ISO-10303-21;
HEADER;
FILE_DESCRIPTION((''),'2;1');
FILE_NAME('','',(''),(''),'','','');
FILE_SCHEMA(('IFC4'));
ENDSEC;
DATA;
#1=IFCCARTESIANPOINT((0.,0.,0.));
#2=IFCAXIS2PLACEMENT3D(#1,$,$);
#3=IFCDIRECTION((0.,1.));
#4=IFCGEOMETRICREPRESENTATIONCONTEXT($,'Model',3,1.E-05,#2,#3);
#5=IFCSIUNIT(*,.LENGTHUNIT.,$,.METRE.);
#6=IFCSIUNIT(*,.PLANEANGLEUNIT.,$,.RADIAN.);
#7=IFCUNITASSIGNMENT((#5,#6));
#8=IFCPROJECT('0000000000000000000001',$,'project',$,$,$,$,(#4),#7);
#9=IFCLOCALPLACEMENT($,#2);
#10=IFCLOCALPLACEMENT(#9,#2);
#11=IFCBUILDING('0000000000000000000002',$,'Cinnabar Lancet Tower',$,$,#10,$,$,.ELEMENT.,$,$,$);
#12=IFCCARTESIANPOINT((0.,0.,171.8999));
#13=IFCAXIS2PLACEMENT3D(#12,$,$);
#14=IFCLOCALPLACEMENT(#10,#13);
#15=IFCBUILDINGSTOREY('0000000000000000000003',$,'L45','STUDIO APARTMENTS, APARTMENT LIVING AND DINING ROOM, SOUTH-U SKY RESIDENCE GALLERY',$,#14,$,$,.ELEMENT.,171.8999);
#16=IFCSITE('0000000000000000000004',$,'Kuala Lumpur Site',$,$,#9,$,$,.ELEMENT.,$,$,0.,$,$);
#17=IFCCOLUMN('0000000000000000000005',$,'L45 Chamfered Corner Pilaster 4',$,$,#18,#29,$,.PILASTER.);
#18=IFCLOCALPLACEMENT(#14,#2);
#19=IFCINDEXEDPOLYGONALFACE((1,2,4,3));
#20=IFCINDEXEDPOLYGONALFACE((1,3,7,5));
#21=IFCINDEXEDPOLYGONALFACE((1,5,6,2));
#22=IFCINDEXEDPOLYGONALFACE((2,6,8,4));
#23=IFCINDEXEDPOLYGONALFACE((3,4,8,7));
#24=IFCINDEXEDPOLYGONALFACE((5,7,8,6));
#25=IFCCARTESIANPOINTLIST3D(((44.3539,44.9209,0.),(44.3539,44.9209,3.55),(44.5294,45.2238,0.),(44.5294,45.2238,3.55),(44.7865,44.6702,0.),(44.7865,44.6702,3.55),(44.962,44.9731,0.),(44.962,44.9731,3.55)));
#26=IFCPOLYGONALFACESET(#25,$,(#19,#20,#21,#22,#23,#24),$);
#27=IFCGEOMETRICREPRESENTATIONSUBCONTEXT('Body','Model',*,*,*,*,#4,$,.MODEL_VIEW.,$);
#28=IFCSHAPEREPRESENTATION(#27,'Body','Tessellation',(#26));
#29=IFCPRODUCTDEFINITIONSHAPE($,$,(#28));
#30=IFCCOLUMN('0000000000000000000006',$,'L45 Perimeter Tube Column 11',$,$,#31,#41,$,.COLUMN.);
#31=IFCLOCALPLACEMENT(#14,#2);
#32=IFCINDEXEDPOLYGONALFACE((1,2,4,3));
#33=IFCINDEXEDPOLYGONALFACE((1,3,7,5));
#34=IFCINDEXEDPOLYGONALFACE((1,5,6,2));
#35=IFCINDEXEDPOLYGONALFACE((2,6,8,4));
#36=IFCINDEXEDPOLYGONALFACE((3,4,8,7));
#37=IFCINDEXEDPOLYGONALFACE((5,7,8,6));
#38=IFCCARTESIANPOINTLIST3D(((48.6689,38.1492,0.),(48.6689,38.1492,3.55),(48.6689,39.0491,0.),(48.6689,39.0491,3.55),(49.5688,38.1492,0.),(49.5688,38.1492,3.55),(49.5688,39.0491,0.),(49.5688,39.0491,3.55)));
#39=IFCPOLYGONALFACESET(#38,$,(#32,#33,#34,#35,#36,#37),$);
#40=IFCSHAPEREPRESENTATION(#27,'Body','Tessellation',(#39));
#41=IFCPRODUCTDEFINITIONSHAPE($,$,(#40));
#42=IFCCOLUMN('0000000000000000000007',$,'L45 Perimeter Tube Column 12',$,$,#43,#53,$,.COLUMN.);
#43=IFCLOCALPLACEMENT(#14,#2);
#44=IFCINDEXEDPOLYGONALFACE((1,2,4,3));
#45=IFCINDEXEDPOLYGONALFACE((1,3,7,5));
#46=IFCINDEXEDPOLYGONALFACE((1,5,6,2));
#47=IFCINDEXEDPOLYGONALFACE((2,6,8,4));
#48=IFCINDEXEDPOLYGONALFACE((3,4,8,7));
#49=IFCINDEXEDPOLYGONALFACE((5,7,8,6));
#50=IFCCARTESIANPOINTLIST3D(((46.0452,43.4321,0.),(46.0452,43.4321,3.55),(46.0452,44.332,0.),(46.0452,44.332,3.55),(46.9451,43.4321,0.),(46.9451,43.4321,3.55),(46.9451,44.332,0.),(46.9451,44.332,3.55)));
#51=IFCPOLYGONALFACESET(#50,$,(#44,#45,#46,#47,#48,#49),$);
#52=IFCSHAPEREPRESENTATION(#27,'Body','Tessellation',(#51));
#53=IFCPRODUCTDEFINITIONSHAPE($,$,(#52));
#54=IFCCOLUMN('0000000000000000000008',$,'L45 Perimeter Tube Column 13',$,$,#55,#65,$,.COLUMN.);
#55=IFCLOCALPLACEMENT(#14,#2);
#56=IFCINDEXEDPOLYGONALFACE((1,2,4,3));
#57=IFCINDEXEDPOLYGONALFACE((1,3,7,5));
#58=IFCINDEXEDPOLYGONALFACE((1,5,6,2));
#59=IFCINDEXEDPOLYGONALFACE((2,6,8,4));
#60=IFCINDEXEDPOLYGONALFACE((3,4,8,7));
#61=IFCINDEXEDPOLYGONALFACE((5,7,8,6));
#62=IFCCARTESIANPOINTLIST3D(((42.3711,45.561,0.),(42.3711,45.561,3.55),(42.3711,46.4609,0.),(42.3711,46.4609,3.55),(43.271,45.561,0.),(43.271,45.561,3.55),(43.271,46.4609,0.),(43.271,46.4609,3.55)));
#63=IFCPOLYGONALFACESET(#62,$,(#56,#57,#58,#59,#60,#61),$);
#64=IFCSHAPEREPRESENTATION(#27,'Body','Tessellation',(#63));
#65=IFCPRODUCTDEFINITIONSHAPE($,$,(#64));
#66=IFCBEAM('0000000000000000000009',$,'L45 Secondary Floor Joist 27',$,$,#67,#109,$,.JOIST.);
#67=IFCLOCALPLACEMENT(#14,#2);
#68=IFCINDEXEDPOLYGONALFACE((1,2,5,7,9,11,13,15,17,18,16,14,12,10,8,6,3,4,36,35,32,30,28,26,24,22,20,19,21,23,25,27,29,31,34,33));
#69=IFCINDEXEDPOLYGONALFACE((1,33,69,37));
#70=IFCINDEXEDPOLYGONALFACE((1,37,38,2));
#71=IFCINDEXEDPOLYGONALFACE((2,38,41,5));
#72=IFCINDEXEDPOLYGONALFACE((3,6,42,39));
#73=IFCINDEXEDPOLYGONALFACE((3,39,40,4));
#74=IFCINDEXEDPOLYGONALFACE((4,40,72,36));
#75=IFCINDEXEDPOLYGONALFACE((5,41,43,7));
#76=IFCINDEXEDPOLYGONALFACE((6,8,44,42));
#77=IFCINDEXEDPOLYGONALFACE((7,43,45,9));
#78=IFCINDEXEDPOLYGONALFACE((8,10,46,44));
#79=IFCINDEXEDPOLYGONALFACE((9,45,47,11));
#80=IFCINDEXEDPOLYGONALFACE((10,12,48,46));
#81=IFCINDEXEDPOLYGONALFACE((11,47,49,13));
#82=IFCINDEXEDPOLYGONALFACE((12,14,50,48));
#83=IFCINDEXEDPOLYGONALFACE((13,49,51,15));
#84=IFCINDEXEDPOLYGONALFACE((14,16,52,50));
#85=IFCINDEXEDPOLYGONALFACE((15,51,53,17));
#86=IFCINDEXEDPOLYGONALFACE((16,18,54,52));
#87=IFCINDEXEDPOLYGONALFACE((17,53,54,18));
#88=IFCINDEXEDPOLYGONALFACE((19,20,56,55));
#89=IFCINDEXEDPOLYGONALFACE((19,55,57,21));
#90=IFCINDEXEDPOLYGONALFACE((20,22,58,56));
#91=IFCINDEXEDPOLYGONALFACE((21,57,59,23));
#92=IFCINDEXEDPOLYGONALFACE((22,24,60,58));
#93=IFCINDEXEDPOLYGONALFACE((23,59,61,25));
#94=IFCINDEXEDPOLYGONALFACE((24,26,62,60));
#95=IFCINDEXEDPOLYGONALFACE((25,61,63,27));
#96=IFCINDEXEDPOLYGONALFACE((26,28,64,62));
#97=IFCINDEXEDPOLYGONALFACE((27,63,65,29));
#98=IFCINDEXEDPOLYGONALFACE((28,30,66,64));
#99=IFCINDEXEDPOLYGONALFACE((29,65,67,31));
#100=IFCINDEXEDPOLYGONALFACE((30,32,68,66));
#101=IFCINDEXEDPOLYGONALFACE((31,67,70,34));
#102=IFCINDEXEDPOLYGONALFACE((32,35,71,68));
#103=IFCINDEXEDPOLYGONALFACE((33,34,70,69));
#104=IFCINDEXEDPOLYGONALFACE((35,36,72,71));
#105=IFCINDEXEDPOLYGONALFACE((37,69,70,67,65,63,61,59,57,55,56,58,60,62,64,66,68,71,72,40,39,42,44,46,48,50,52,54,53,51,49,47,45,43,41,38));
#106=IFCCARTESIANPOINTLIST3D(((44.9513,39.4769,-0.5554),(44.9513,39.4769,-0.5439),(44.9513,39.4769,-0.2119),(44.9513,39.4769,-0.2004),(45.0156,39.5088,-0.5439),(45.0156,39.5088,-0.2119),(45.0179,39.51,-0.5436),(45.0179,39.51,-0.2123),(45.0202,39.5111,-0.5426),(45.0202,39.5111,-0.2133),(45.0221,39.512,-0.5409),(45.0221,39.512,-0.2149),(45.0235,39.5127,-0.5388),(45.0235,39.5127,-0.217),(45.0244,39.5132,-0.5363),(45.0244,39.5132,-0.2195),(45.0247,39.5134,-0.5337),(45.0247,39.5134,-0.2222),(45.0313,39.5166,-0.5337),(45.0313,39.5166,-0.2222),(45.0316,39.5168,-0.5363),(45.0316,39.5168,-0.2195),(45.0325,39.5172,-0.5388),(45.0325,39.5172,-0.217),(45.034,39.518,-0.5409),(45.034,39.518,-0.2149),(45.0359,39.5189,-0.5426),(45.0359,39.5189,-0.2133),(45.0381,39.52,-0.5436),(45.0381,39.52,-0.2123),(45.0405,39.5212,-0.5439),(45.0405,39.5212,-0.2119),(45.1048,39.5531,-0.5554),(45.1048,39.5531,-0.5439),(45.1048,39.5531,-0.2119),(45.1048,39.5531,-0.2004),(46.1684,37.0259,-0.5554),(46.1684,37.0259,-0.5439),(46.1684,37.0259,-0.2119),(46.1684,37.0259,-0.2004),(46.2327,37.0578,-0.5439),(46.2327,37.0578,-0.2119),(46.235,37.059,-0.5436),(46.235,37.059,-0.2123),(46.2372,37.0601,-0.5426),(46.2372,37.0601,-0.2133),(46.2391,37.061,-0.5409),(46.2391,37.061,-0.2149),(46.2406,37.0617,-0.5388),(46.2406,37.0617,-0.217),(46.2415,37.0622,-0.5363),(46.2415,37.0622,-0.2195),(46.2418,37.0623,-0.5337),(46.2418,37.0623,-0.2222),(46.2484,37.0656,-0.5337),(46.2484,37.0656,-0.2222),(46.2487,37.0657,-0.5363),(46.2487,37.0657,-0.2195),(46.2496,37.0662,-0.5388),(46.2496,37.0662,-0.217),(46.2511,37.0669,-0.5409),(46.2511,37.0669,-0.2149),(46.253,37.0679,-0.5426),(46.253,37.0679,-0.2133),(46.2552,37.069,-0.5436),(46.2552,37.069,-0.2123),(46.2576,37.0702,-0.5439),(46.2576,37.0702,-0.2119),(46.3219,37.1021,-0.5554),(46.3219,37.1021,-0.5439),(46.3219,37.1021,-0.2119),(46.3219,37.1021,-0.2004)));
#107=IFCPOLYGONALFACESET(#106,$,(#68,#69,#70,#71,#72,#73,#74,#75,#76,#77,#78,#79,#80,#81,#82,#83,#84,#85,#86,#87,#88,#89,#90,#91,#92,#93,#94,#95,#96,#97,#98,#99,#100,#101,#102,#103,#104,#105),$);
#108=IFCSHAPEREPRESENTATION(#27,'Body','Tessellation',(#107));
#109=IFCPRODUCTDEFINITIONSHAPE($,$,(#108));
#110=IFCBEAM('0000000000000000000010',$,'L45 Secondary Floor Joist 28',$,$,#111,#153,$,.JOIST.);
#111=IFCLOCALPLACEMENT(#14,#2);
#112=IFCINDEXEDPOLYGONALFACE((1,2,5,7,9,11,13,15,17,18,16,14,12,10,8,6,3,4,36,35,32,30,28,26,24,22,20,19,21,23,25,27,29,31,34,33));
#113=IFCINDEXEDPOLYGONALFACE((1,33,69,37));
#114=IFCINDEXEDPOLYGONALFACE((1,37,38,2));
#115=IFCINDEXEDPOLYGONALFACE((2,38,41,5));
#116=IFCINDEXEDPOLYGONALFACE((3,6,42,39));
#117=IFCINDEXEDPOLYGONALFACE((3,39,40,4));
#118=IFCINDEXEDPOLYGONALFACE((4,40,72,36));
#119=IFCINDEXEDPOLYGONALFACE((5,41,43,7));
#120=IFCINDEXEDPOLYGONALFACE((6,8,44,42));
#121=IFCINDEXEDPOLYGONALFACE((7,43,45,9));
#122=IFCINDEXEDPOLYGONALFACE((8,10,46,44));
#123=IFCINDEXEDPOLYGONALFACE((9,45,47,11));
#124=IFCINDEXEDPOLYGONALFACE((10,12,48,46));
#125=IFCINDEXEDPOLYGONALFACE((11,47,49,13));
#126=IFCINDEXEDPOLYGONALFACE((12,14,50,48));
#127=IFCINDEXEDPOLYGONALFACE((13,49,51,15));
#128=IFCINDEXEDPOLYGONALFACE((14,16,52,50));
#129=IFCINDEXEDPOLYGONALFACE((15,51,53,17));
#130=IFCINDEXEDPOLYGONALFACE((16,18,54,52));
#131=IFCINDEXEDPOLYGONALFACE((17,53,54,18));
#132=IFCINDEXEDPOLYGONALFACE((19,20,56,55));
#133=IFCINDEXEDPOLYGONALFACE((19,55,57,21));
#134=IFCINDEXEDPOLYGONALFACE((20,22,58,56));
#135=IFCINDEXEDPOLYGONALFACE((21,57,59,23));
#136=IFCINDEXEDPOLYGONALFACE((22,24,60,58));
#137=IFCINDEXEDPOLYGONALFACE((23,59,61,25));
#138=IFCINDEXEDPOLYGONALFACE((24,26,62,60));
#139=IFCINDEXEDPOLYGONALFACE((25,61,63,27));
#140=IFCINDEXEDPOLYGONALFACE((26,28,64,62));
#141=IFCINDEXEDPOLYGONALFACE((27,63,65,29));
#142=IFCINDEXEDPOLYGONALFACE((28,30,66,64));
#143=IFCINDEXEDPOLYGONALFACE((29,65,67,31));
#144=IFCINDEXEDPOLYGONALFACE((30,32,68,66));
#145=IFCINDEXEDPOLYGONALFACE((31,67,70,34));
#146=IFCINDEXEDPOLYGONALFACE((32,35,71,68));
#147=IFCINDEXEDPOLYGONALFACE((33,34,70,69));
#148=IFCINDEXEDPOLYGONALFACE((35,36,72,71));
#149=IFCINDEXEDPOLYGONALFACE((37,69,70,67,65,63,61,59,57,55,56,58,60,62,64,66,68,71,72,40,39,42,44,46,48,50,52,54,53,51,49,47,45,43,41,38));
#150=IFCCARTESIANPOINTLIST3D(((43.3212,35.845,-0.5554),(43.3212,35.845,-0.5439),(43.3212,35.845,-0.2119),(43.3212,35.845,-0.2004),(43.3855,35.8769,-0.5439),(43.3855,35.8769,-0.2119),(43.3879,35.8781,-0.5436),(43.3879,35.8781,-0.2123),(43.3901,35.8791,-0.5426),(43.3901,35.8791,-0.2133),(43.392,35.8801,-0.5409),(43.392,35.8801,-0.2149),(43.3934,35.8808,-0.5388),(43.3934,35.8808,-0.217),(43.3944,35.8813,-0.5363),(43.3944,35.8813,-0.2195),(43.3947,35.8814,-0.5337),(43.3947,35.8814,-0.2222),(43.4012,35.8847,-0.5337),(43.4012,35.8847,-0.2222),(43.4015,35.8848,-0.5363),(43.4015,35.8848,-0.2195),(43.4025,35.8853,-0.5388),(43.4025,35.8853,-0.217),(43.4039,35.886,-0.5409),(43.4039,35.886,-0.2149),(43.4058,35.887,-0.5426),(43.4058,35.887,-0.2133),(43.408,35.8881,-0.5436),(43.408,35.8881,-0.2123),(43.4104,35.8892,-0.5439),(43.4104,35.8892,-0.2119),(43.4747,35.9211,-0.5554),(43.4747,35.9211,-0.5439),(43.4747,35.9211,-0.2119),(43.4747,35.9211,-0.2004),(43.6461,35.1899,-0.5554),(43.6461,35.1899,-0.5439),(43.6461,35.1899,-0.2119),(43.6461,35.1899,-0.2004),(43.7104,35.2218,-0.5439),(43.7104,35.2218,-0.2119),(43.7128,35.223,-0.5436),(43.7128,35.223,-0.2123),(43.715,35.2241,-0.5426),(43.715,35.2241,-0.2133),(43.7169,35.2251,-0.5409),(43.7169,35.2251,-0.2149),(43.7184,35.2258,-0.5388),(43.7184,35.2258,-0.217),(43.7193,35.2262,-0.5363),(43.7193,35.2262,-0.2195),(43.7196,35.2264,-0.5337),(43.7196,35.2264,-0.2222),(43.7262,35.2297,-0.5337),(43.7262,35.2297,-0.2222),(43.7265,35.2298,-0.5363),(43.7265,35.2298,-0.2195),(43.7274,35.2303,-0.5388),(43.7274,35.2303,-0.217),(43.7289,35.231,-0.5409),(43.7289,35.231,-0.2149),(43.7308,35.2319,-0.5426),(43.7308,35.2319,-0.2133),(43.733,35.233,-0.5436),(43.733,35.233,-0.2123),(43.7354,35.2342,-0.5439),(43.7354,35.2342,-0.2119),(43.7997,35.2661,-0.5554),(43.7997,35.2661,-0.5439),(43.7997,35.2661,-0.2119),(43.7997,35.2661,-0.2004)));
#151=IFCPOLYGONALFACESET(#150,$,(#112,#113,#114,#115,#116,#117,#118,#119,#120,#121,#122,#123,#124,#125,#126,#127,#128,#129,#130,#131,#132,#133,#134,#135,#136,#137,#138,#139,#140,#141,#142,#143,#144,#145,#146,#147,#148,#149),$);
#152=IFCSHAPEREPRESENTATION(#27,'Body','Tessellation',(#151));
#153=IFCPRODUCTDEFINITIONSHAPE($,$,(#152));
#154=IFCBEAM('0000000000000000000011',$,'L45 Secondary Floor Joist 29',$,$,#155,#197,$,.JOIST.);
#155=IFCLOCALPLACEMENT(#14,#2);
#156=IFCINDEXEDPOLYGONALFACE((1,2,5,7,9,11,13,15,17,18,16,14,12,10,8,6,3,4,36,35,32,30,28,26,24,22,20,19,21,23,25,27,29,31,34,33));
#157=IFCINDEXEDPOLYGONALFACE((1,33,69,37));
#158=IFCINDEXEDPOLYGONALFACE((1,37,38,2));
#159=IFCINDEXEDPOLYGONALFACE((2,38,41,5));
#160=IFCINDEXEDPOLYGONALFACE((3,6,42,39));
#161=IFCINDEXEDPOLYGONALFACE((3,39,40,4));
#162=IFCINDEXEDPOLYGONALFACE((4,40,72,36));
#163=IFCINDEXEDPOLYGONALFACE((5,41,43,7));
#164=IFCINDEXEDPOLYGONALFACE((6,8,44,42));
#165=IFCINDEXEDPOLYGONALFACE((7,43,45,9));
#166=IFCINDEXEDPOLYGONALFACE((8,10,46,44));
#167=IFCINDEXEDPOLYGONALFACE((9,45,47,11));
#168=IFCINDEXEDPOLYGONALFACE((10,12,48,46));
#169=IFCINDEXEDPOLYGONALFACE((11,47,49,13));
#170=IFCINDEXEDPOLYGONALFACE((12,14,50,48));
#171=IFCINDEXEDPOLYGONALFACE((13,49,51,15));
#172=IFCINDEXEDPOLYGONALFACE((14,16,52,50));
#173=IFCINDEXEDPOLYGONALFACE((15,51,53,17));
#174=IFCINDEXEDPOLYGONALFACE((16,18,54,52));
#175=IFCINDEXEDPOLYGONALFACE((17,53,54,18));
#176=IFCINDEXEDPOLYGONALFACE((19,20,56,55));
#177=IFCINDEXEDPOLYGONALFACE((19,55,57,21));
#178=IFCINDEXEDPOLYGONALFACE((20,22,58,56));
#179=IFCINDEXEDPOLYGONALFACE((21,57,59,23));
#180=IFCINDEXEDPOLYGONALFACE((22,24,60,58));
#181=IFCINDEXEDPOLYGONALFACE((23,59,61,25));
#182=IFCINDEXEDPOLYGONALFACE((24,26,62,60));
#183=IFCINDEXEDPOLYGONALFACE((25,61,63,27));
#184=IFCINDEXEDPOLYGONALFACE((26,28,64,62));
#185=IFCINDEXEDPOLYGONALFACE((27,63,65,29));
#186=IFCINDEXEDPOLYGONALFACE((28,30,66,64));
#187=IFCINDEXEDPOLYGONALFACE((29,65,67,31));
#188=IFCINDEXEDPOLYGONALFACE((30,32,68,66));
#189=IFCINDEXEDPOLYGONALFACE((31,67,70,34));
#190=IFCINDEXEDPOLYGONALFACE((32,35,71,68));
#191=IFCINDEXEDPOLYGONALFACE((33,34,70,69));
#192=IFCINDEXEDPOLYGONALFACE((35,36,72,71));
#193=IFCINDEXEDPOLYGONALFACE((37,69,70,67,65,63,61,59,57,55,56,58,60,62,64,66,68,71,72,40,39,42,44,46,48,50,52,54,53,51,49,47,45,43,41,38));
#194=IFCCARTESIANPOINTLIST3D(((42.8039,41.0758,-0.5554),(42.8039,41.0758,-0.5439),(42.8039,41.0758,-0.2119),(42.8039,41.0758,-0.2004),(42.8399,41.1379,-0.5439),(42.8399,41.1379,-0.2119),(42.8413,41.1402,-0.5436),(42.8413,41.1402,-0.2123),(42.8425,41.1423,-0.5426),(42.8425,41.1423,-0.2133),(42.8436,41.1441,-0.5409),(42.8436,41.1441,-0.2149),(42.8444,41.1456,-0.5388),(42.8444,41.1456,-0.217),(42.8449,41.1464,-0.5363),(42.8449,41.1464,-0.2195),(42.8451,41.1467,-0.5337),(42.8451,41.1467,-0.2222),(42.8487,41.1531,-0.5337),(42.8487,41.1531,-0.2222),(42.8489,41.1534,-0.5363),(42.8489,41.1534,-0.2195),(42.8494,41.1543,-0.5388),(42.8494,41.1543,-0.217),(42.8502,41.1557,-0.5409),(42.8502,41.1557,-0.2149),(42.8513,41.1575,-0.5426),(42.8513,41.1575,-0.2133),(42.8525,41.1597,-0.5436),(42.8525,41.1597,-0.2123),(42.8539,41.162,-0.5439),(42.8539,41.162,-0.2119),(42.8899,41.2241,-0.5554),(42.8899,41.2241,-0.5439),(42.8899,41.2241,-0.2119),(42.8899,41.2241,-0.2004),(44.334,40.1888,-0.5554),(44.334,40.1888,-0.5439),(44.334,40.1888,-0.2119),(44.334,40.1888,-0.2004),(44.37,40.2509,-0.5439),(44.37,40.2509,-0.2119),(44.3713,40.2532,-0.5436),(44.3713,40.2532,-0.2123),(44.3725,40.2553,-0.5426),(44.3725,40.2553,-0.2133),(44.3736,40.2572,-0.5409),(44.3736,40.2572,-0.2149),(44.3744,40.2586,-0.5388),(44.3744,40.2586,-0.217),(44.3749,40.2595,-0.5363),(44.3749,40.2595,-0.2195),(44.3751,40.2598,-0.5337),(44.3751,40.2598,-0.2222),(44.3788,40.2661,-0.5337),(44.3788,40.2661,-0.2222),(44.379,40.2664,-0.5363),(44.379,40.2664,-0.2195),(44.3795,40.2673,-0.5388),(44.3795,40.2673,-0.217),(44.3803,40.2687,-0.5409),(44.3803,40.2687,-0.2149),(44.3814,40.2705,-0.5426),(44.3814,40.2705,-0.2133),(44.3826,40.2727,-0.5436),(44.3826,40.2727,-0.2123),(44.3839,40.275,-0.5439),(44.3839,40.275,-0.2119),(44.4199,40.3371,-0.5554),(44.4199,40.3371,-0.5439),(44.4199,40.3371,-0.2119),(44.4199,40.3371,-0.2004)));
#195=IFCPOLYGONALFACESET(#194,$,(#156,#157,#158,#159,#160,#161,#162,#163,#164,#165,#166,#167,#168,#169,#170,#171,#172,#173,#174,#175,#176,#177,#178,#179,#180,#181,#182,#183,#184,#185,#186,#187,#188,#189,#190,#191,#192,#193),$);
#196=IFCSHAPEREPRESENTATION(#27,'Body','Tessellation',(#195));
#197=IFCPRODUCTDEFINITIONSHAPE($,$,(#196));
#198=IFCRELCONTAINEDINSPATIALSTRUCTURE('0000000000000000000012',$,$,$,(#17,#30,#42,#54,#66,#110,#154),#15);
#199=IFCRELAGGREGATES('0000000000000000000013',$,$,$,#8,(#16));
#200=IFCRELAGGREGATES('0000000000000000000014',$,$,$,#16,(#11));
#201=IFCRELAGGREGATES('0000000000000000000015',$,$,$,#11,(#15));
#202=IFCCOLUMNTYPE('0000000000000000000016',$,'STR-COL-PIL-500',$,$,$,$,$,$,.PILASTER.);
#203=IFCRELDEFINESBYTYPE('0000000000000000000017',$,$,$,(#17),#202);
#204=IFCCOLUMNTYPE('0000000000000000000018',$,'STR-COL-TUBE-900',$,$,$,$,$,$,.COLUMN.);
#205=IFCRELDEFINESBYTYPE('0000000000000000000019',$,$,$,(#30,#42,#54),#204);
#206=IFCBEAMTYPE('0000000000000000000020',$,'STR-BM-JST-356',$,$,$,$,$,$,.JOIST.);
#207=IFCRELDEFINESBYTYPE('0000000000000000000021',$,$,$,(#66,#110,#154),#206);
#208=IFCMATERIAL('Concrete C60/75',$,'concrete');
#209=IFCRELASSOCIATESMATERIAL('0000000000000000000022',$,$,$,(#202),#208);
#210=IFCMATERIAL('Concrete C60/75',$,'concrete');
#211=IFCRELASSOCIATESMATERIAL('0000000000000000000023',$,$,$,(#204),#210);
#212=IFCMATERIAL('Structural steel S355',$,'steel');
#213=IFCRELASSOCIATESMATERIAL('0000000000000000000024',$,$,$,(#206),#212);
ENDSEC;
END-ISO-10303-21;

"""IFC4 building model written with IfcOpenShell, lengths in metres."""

from ifc_helpers import new_model, si_unit, direction, frame, origin, origin_2d, place, context, subcontext, project, spatial, rectangle, i_section, extrude, material, material_profile, profile_set, type_object, element, save


model = new_model("IFC4")

# Units and contexts
model_context = context("Model", 3, precision=1e-05, world=origin(), true_north=direction((0.0, 1.0)))
body_context = subcontext(model_context, "Body", "Model", "MODEL_VIEW")
ifc_project = project(units=[si_unit("LENGTHUNIT", "METRE"), si_unit("PLANEANGLEUNIT", "RADIAN")], contexts=[model_context])

# Site, building, storey
site_placement = place(None, origin())
site = spatial("IfcSite", under=ifc_project, at=site_placement, Name="Kuala Lumpur Site", CompositionType="ELEMENT", RefElevation=0.0)
building_placement = place(site_placement, origin())
building = spatial("IfcBuilding", under=site, at=building_placement, Name="Cinnabar Lancet Tower", CompositionType="ELEMENT")
storey_placement = place(building_placement, frame((0.0, 0.0, 171.8999)))
storey = spatial("IfcBuildingStorey", under=building, at=storey_placement, Name="L45", Description="STUDIO APARTMENTS, APARTMENT LIVING AND DINING ROOM, SOUTH-U SKY RESIDENCE GALLERY", CompositionType="ELEMENT", Elevation=171.8999)

# Columns
ifc_material_1 = material(Name="Concrete C60/75", Category="concrete")
ifc_material_profile_1 = material_profile(ifc_material_1, rectangle(XDim=0.5, YDim=0.3501, at=origin_2d()), Name="RC-PIL 500x350")
ifc_profile_set_1 = profile_set([ifc_material_profile_1], Name="Concrete C60/75")
column_type_1 = type_object("IfcColumnType", Name="STR-COL-PIL-500", PredefinedType="PILASTER", material=ifc_profile_set_1)
column_placement = place(storey_placement, frame((44.658, 44.947, 0.0), z_axis=(0.0, 0.0, 1.0), x_axis=(-0.86523, 0.501375, 0.0)))
element("IfcColumn", 1, at=column_placement, inside=storey, type_object=column_type_1, Name="L45 Chamfered Corner Pilaster 4", PredefinedType="PILASTER", context=body_context, shape_type="SweptSolid", body=[
    extrude(rectangle(XDim=0.5, YDim=0.3501, at=origin_2d()), origin(), (0.0, 0.0, 1.0), 3.55),
])
ifc_material_2 = material(Name="Concrete C60/75", Category="concrete")
ifc_material_profile_2 = material_profile(ifc_material_2, rectangle(XDim=0.8999, YDim=0.8999, at=origin_2d()), Name="RC-COL 900x900")
ifc_profile_set_2 = profile_set([ifc_material_profile_2], Name="Concrete C60/75")
column_type_2 = type_object("IfcColumnType", Name="STR-COL-TUBE-900", PredefinedType="COLUMN", material=ifc_profile_set_2)
for number, where, z_axis, x_axis, name in (
    (2, (49.1189, 38.5991, 0.0), (0.0, 0.0, 1.0), (1.0, 0.0, 0.0), "L45 Perimeter Tube Column 11"),
    (3, (46.4951, 43.8821, 0.0), (0.0, 0.0, 1.0), (1.0, 0.0, 0.0), "L45 Perimeter Tube Column 12"),
    (4, (42.821, 46.011, 0.0), (0.0, 0.0, 1.0), (1.0, 0.0, 0.0), "L45 Perimeter Tube Column 13"),
):
    element("IfcColumn", number, at=place(storey_placement, frame(where, z_axis=z_axis, x_axis=x_axis)), inside=storey, type_object=column_type_2, Name=name, PredefinedType="COLUMN", context=body_context, shape_type="SweptSolid", body=[
        extrude(rectangle(XDim=0.8999, YDim=0.8999, at=origin_2d()), origin(), (0.0, 0.0, 1.0), 3.55),
    ])

# Beams
ifc_material_3 = material(Name="Structural steel S355", Category="steel")
ifc_material_profile_3 = material_profile(ifc_material_3, i_section(OverallWidth=0.1714, OverallDepth=0.355, WebThickness=0.0073, FlangeThickness=0.0115, FilletRadius=0.0103, at=origin_2d()), Name="UKB 356x171x51")
ifc_profile_set_3 = profile_set([ifc_material_profile_3], Name="Structural steel S355")
beam_type_1 = type_object("IfcBeamType", Name="STR-BM-JST-356", PredefinedType="JOIST", material=ifc_profile_set_3)
beam_1_placement = place(storey_placement, frame((46.2451, 37.064, -0.3779), z_axis=(-0.444749, 0.895655, 0.0), x_axis=(-0.895655, -0.444749, 0.0)))
element("IfcBeam", 5, at=beam_1_placement, inside=storey, type_object=beam_type_1, Name="L45 Secondary Floor Joist 27", PredefinedType="JOIST", context=body_context, shape_type="SweptSolid", body=[
    extrude(i_section(OverallWidth=0.1714, OverallDepth=0.355, WebThickness=0.0073, FlangeThickness=0.0115, FilletRadius=0.0103, at=origin_2d()), origin(), (0.0, 0.0, 1.0), 2.7366),
])
beam_2_placement = place(storey_placement, frame((43.7229, 35.228, -0.3779), z_axis=(-0.444407, 0.895825, 0.0), x_axis=(-0.895825, -0.444407, 0.0)))
element("IfcBeam", 6, at=beam_2_placement, inside=storey, type_object=beam_type_1, Name="L45 Secondary Floor Joist 28", PredefinedType="JOIST", context=body_context, shape_type="SweptSolid", body=[
    extrude(i_section(OverallWidth=0.1714, OverallDepth=0.355, WebThickness=0.0073, FlangeThickness=0.0115, FilletRadius=0.0103, at=origin_2d()), origin(), (0.0, 0.0, 1.0), 0.7312),
])
beam_3_placement = place(storey_placement, frame((44.377, 40.2629, -0.3779), z_axis=(-0.865143, 0.501526, 0.0), x_axis=(-0.501526, -0.865143, 0.0)))
element("IfcBeam", 7, at=beam_3_placement, inside=storey, type_object=beam_type_1, Name="L45 Secondary Floor Joist 29", PredefinedType="JOIST", context=body_context, shape_type="SweptSolid", body=[
    extrude(i_section(OverallWidth=0.1714, OverallDepth=0.355, WebThickness=0.0073, FlangeThickness=0.0115, FilletRadius=0.0103, at=origin_2d()), origin(), (0.0, 0.0, 1.0), 1.7686),
])

save(model, "model.ifc")
